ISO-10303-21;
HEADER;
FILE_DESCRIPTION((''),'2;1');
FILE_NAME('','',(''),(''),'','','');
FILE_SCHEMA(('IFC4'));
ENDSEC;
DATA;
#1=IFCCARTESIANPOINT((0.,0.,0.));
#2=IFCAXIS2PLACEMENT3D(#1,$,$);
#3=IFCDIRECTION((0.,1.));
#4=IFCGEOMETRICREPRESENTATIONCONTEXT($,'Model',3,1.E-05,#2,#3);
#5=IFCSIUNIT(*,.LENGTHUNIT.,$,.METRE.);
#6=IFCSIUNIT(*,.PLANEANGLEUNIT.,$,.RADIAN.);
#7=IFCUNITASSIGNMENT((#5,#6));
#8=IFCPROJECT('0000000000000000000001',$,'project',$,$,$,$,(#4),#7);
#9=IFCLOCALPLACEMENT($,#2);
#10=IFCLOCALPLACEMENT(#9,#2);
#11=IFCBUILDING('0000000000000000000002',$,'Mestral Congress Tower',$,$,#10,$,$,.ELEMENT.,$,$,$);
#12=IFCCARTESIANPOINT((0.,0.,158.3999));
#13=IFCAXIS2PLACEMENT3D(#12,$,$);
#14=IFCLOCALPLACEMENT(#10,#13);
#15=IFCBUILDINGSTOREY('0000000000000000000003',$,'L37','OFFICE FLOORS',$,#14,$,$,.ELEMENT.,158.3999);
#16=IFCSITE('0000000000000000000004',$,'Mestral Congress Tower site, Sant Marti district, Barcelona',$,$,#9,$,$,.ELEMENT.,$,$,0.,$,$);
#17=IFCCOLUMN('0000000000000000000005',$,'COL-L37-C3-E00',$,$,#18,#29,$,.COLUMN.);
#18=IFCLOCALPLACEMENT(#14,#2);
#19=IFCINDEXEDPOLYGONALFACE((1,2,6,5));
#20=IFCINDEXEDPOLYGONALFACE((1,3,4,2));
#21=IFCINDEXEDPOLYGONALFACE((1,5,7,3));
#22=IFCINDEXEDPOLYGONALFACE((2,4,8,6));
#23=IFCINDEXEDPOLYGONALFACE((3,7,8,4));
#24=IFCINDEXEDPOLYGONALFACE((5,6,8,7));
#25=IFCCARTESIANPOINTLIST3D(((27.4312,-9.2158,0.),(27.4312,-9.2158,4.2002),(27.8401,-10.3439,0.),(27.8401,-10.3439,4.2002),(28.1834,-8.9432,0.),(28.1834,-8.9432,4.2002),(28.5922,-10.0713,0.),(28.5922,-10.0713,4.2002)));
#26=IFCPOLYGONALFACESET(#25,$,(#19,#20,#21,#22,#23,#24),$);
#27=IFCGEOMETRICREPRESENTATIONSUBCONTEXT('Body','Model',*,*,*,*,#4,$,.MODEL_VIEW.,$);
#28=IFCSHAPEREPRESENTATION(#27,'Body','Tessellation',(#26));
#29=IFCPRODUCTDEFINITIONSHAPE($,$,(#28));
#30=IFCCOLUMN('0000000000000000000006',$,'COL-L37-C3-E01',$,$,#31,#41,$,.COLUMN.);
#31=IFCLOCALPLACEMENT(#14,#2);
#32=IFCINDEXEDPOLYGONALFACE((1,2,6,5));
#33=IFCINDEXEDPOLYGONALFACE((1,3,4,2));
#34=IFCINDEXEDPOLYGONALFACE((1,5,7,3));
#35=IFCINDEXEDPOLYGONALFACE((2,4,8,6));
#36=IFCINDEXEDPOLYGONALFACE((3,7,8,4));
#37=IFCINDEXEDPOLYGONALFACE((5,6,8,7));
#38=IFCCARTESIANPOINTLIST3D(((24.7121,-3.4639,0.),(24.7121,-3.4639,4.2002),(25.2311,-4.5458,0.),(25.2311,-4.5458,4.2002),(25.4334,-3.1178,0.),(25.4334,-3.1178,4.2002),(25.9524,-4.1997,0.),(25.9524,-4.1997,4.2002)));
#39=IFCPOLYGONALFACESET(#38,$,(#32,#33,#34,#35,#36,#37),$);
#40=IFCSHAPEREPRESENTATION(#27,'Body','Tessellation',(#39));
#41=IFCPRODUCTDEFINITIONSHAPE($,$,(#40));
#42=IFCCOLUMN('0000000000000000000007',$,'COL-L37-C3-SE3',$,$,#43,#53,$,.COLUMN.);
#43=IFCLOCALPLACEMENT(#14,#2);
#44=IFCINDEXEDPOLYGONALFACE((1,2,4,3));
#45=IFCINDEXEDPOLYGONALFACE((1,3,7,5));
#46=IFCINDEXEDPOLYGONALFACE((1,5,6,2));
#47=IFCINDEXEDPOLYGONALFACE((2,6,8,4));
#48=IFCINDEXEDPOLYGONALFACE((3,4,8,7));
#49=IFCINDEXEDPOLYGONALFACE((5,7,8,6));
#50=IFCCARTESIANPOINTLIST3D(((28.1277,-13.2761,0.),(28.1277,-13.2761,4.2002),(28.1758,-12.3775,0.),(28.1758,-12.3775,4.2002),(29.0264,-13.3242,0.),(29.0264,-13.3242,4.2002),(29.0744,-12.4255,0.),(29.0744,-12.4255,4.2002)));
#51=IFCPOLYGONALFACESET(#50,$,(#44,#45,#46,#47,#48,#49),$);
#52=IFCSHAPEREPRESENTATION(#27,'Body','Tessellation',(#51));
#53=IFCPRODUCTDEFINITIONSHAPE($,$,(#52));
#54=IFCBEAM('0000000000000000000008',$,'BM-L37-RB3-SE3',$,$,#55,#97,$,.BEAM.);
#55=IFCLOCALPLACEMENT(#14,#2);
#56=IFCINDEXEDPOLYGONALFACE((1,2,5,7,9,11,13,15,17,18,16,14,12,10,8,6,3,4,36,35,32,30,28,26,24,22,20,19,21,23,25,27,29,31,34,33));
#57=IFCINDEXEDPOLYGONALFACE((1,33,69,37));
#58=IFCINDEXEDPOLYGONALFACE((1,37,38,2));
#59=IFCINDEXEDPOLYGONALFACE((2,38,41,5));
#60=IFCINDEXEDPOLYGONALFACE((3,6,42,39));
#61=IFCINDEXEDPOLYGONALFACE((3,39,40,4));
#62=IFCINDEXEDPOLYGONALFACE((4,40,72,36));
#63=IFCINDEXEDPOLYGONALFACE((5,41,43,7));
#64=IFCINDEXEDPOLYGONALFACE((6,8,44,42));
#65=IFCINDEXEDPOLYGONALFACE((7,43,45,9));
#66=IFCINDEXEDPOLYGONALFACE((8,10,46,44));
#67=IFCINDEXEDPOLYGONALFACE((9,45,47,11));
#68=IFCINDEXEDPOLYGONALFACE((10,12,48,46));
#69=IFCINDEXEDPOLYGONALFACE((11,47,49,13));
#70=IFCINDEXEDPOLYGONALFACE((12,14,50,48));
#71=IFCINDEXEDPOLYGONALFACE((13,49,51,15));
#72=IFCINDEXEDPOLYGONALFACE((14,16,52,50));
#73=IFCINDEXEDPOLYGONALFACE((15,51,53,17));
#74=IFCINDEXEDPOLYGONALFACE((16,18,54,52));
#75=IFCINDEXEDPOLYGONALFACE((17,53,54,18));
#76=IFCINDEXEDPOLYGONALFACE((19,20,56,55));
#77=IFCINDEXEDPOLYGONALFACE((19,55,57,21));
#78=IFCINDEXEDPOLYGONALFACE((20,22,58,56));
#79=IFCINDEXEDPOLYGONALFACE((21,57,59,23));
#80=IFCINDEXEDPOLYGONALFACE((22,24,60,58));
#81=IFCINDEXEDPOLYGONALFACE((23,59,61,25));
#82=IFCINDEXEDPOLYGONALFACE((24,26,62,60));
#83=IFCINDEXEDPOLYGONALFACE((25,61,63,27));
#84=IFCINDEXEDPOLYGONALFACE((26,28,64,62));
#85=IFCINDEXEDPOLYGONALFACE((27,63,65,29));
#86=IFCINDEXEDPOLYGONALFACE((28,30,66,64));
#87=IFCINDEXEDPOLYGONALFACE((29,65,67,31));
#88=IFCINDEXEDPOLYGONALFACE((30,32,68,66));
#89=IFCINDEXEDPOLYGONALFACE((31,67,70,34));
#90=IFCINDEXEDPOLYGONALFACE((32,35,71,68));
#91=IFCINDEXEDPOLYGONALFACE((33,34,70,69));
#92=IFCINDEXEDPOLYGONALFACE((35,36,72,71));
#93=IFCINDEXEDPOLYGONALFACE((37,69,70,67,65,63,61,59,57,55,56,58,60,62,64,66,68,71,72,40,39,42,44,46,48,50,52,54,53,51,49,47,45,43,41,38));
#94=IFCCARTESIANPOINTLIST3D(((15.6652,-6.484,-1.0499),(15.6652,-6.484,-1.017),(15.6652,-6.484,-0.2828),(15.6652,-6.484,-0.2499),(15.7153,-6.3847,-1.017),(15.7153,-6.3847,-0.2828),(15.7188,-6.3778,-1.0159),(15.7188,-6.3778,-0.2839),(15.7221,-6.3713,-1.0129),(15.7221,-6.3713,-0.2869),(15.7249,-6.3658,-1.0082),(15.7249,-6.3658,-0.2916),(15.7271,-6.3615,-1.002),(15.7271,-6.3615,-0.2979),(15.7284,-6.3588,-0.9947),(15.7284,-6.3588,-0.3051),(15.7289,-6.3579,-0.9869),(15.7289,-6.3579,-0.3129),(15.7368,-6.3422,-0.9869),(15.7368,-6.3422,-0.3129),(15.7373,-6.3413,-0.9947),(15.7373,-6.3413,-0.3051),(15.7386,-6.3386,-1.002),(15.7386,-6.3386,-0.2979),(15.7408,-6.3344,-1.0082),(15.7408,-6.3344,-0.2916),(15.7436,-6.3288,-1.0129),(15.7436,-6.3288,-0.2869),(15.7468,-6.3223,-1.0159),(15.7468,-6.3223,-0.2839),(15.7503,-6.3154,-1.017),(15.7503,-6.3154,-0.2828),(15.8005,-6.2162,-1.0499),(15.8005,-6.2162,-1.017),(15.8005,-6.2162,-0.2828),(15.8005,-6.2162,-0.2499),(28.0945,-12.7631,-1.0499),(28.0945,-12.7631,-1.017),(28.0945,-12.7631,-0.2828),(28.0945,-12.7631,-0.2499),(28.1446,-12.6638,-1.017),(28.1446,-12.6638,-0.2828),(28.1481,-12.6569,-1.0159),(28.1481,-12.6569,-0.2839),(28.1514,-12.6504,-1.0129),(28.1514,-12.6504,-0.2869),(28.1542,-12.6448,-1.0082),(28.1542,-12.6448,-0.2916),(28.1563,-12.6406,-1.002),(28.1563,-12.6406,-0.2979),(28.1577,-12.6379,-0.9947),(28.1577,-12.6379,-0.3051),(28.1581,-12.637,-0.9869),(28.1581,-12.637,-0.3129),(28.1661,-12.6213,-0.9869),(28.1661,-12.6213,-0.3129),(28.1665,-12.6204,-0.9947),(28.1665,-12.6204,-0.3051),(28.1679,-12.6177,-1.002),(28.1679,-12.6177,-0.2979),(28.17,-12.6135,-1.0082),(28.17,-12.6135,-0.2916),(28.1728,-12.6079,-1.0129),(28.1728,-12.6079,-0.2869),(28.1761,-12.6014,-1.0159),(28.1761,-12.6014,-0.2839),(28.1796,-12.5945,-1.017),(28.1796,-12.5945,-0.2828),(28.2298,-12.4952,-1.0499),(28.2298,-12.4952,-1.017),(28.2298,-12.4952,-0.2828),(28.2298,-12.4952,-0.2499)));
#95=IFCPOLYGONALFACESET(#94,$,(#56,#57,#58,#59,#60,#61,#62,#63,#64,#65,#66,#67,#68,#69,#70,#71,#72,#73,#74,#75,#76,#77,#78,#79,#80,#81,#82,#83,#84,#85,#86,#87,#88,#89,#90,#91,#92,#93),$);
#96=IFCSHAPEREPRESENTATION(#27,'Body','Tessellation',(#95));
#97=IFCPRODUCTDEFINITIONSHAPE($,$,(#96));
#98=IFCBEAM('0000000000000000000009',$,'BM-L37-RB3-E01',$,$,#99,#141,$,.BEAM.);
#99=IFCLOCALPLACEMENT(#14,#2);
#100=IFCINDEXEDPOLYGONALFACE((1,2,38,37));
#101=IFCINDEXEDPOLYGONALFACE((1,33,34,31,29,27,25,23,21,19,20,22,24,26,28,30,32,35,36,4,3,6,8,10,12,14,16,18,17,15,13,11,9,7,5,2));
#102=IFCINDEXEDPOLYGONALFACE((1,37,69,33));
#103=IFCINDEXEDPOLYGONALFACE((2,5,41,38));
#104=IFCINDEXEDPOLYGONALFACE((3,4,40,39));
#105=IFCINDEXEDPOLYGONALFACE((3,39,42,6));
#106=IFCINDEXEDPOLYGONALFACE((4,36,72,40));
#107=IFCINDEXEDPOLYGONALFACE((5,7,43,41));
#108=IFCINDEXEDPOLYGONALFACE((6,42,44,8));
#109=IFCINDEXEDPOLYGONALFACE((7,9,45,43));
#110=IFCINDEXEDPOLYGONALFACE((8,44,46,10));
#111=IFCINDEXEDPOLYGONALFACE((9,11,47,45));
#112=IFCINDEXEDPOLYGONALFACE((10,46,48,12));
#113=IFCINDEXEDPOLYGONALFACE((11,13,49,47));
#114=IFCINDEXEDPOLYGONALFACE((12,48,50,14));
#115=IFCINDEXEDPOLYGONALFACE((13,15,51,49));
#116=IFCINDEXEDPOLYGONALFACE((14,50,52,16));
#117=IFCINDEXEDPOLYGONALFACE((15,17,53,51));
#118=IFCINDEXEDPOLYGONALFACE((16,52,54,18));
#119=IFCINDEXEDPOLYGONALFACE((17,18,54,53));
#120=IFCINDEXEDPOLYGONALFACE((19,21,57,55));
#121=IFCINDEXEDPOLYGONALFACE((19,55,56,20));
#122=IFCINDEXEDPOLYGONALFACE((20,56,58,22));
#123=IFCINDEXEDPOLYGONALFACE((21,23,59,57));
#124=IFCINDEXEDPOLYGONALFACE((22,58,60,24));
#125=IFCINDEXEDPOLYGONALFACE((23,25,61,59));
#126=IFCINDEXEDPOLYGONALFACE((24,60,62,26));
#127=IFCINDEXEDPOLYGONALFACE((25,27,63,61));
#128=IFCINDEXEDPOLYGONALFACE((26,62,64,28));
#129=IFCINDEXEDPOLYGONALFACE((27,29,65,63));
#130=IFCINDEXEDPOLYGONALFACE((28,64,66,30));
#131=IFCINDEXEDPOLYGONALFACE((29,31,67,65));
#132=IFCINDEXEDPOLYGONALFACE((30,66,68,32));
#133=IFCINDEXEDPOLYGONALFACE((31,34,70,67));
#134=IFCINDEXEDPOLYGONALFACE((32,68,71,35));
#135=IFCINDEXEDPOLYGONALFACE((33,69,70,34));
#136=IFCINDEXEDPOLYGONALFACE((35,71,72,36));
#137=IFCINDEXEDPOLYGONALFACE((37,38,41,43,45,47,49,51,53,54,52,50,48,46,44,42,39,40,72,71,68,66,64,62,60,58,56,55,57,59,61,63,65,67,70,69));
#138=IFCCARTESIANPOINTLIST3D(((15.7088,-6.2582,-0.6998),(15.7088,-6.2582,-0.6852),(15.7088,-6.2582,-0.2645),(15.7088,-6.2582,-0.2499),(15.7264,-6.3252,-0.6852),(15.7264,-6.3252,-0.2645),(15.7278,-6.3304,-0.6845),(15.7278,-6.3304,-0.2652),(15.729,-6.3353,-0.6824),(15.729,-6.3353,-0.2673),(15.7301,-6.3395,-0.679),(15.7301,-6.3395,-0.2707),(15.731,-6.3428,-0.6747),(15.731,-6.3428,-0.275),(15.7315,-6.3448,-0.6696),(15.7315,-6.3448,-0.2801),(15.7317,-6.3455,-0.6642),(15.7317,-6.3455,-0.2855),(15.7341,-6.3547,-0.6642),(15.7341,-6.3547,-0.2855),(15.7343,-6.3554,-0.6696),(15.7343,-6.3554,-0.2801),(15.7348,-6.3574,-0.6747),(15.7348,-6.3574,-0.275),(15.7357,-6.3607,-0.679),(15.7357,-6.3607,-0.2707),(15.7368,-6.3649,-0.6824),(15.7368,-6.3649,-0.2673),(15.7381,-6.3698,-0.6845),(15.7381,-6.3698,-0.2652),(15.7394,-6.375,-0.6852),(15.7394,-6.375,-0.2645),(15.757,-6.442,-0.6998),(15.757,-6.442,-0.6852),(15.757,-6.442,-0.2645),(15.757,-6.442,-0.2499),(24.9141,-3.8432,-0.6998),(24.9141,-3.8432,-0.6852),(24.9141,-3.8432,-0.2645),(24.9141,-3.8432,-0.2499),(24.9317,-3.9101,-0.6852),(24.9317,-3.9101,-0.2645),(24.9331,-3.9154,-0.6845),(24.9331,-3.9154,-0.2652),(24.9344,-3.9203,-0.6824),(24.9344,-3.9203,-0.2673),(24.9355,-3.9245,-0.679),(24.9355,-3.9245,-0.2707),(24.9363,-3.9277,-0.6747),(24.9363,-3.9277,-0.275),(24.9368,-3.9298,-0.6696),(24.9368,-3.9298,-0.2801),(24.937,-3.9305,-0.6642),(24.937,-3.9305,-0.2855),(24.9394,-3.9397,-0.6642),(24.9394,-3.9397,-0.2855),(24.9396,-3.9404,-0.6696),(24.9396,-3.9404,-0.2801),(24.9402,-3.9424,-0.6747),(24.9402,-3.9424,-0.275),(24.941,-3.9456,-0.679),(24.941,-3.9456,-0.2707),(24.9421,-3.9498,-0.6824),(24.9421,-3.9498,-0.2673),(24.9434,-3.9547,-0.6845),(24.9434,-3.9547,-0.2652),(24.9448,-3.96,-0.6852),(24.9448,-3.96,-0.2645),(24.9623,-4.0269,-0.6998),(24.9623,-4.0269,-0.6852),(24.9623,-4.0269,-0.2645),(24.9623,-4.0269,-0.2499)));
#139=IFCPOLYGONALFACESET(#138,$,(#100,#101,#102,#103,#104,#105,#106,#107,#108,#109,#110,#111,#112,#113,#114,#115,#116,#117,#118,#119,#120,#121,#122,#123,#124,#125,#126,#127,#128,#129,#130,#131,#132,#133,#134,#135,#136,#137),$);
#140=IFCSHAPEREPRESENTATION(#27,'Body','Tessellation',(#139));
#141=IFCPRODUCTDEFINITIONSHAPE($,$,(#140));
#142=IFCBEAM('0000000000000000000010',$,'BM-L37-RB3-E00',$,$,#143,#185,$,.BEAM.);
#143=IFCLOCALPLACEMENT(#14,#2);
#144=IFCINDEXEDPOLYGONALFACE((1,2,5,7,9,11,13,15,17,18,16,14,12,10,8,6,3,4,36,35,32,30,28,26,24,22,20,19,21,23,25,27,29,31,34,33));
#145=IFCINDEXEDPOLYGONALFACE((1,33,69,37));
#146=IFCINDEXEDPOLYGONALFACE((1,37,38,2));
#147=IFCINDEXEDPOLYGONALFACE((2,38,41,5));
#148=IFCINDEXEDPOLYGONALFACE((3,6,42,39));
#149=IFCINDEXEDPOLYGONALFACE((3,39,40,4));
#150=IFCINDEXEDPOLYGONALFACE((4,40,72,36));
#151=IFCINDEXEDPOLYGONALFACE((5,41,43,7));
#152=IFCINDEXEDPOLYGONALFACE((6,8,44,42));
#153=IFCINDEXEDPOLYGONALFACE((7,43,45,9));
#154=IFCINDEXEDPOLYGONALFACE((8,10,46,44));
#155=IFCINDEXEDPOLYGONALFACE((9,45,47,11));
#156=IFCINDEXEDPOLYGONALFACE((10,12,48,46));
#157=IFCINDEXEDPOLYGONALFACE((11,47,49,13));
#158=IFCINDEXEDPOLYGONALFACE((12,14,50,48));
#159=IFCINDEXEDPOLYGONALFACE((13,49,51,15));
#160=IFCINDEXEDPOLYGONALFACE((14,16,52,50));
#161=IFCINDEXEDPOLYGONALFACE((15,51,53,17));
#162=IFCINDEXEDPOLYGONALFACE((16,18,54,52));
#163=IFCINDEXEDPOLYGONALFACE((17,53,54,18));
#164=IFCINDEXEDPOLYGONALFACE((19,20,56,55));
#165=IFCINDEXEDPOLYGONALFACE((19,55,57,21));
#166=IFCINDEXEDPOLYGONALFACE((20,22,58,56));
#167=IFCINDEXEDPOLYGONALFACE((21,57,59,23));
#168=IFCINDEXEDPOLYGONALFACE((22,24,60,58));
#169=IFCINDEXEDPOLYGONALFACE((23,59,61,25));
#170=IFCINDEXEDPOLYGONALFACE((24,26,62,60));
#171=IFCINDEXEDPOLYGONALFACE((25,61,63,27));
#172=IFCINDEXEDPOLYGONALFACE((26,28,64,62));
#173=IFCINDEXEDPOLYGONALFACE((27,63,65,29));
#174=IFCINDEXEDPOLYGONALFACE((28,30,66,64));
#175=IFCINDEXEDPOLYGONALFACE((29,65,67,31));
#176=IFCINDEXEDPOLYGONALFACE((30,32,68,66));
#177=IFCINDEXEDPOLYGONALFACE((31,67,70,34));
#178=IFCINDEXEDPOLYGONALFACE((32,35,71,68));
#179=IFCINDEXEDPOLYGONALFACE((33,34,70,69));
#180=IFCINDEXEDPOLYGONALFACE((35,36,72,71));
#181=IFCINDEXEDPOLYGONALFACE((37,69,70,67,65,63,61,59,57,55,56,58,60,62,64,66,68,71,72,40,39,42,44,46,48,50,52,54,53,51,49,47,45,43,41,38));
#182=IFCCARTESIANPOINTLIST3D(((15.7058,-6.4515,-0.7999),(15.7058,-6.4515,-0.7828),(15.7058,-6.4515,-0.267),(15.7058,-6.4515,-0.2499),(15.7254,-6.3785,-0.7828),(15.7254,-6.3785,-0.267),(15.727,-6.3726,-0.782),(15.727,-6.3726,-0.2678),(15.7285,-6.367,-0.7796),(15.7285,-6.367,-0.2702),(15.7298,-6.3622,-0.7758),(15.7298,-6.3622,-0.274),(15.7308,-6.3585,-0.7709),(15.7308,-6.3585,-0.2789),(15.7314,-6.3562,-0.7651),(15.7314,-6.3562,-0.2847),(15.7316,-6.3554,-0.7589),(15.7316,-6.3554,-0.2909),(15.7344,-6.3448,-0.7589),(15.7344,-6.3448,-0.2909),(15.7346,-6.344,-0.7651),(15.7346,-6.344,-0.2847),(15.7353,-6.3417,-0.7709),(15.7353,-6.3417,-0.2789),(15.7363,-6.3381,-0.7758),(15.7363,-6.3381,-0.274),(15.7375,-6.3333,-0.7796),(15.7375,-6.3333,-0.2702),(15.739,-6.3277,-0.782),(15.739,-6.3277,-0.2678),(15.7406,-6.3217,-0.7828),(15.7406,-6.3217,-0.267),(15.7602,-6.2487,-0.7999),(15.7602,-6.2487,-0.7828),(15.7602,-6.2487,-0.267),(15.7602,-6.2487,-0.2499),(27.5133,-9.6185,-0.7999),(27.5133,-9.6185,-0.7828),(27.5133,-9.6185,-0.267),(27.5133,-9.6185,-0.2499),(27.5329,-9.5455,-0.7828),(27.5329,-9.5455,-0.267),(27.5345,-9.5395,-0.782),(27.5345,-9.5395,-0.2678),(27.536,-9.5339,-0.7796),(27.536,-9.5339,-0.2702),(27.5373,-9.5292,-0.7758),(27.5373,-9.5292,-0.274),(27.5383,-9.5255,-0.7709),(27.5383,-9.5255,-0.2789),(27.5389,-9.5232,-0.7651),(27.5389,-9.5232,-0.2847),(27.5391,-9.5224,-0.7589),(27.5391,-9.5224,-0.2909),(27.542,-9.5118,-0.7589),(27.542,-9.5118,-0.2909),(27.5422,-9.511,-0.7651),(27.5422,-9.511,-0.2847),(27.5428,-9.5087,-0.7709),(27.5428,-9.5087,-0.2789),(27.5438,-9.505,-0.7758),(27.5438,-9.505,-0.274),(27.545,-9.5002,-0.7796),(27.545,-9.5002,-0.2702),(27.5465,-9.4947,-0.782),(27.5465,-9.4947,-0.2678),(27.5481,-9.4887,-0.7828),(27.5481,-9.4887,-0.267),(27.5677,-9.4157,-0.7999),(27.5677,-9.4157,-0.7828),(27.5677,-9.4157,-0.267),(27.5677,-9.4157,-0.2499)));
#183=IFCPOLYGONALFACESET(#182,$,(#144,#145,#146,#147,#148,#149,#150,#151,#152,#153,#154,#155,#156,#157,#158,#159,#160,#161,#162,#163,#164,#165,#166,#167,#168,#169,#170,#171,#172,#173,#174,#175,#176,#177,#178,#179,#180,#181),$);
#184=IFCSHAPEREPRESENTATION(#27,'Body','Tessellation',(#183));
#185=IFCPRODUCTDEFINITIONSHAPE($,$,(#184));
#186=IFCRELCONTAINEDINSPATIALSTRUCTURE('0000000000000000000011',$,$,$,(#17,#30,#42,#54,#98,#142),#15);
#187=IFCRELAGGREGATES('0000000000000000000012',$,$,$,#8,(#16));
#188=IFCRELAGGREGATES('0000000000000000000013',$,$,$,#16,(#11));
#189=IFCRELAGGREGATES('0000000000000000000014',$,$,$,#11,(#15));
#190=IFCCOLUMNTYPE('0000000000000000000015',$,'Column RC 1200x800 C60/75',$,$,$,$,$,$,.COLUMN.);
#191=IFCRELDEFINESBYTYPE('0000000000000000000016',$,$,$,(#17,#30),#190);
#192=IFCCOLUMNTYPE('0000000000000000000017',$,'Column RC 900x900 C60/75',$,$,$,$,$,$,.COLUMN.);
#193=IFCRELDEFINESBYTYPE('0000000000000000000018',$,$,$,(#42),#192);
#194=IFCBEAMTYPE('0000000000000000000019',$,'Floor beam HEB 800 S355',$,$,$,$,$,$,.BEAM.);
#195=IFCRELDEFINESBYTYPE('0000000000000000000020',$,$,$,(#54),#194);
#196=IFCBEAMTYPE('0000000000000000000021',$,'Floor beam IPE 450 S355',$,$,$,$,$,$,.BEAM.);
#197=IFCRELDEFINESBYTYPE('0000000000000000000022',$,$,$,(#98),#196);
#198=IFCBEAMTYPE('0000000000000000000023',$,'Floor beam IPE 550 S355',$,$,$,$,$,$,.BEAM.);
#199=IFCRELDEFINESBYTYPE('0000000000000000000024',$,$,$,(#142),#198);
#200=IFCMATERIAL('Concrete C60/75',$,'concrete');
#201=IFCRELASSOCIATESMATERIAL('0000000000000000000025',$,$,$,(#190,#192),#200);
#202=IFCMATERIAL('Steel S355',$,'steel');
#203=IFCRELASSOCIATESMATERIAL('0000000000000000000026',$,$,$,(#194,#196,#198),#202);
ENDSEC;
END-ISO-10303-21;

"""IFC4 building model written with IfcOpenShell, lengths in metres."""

from ifc_helpers import new_model, si_unit, direction, frame, origin, origin_2d, place, context, subcontext, project, spatial, rectangle, i_section, extrude, material, material_profile, profile_set, type_object, element, save


model = new_model("IFC4")

# Units and contexts
model_context = context("Model", 3, precision=1e-05, world=origin(), true_north=direction((0.0, 1.0)))
body_context = subcontext(model_context, "Body", "Model", "MODEL_VIEW")
ifc_project = project(units=[si_unit("LENGTHUNIT", "METRE"), si_unit("PLANEANGLEUNIT", "RADIAN")], contexts=[model_context])

# Site, building, storey
site_placement = place(None, origin())
site = spatial("IfcSite", under=ifc_project, at=site_placement, Name="Mestral Congress Tower site, Sant Marti district, Barcelona", CompositionType="ELEMENT", RefElevation=0.0)
building_placement = place(site_placement, origin())
building = spatial("IfcBuilding", under=site, at=building_placement, Name="Mestral Congress Tower", CompositionType="ELEMENT")
storey_placement = place(building_placement, frame((0.0, 0.0, 158.3999)))
storey = spatial("IfcBuildingStorey", under=building, at=storey_placement, Name="L37", Description="OFFICE FLOORS", CompositionType="ELEMENT", Elevation=158.3999)

# Columns
ifc_material_1 = material(Name="Concrete C60/75", Category="concrete")
ifc_material_profile_1 = material_profile(ifc_material_1, rectangle(XDim=1.2, YDim=0.8, at=origin_2d()), Name="RC 1200x800")
ifc_profile_set_1 = profile_set([ifc_material_profile_1], Name="Concrete C60/75")
column_type_1 = type_object("IfcColumnType", Name="Column RC 1200x800 C60/75", PredefinedType="COLUMN", material=ifc_profile_set_1)
for number, where, z_axis, x_axis, name in (
    (1, (28.0117, -9.6436, 0.0), (0.0, 0.0, 1.0), (-0.340744, 0.940156, 0.0), "COL-L37-C3-E00"),
    (2, (25.3323, -3.8318, 0.0), (0.0, 0.0, 1.0), (-0.432522, 0.901624, 0.0), "COL-L37-C3-E01"),
):
    element("IfcColumn", number, at=place(storey_placement, frame(where, z_axis=z_axis, x_axis=x_axis)), inside=storey, type_object=column_type_1, Name=name, PredefinedType="COLUMN", context=body_context, shape_type="SweptSolid", body=[
        extrude(rectangle(XDim=1.2, YDim=0.8, at=origin_2d()), origin(), (0.0, 0.0, 1.0), 4.2002),
    ])
ifc_material_profile_2 = material_profile(ifc_material_1, rectangle(XDim=0.8999, YDim=0.8999, at=origin_2d()), Name="RC 900x900")
ifc_profile_set_2 = profile_set([ifc_material_profile_2], Name="Concrete C60/75")
column_type_2 = type_object("IfcColumnType", Name="Column RC 900x900 C60/75", PredefinedType="COLUMN", material=ifc_profile_set_2)
column_placement = place(storey_placement, frame((28.6011, -12.8508, 0.0), z_axis=(0.0, 0.0, 1.0), x_axis=(0.053392, 0.998574, 0.0)))
element("IfcColumn", 3, at=column_placement, inside=storey, type_object=column_type_2, Name="COL-L37-C3-SE3", PredefinedType="COLUMN", context=body_context, shape_type="SweptSolid", body=[
    extrude(rectangle(XDim=0.8999, YDim=0.8999, at=origin_2d()), origin(), (0.0, 0.0, 1.0), 4.2002),
])

# Beams
ifc_material_2 = material(Name="Steel S355", Category="steel")
ifc_material_profile_3 = material_profile(ifc_material_2, i_section(OverallWidth=0.3, OverallDepth=0.8, WebThickness=0.0176, FlangeThickness=0.033, FilletRadius=0.03, at=origin_2d()), Name="HEB 800")
ifc_profile_set_3 = profile_set([ifc_material_profile_3], Name="Steel S355")
beam_type_1 = type_object("IfcBeamType", Name="Floor beam HEB 800 S355", PredefinedType="BEAM", material=ifc_profile_set_3)
beam_1_placement = place(storey_placement, frame((28.1621, -12.6292, -0.6499), z_axis=(-0.892568, 0.450913, 0.0), x_axis=(-0.450913, -0.892568, 0.0)))
element("IfcBeam", 4, at=beam_1_placement, inside=storey, type_object=beam_type_1, Name="BM-L37-RB3-SE3", PredefinedType="BEAM", context=body_context, shape_type="SweptSolid", body=[
    extrude(i_section(OverallWidth=0.3, OverallDepth=0.8, WebThickness=0.0176, FlangeThickness=0.033, FilletRadius=0.03, at=origin_2d()), origin(), (0.0, 0.0, 1.0), 13.9253),
])
ifc_material_profile_4 = material_profile(ifc_material_2, i_section(OverallWidth=0.1899, OverallDepth=0.45, WebThickness=0.0095, FlangeThickness=0.0146, FilletRadius=0.021, at=origin_2d()), Name="IPE 450")
ifc_profile_set_4 = profile_set([ifc_material_profile_4], Name="Steel S355")
beam_type_2 = type_object("IfcBeamType", Name="Floor beam IPE 450 S355", PredefinedType="BEAM", material=ifc_profile_set_4)
beam_2_placement = place(storey_placement, frame((24.9382, -3.9351, -0.4749), z_axis=(-0.967266, -0.253765, 0.0), x_axis=(0.253765, -0.967266, 0.0)))
element("IfcBeam", 5, at=beam_2_placement, inside=storey, type_object=beam_type_2, Name="BM-L37-RB3-E01", PredefinedType="BEAM", context=body_context, shape_type="SweptSolid", body=[
    extrude(i_section(OverallWidth=0.1899, OverallDepth=0.45, WebThickness=0.0095, FlangeThickness=0.0146, FilletRadius=0.021, at=origin_2d()), origin(), (0.0, 0.0, 1.0), 9.5168),
])
ifc_material_profile_5 = material_profile(ifc_material_2, i_section(OverallWidth=0.21, OverallDepth=0.55, WebThickness=0.011, FlangeThickness=0.0171, FilletRadius=0.0239, at=origin_2d()), Name="IPE 550")
ifc_profile_set_5 = profile_set([ifc_material_profile_5], Name="Steel S355")
beam_type_3 = type_object("IfcBeamType", Name="Floor beam IPE 550 S355", PredefinedType="BEAM", material=ifc_profile_set_5)
beam_3_placement = place(storey_placement, frame((27.5405, -9.5171, -0.5249), z_axis=(-0.965861, 0.259059, 0.0), x_axis=(-0.259059, -0.965861, 0.0)))
element("IfcBeam", 6, at=beam_3_placement, inside=storey, type_object=beam_type_3, Name="BM-L37-RB3-E00", PredefinedType="BEAM", context=body_context, shape_type="SweptSolid", body=[
    extrude(i_section(OverallWidth=0.21, OverallDepth=0.55, WebThickness=0.011, FlangeThickness=0.0171, FilletRadius=0.0239, at=origin_2d()), origin(), (0.0, 0.0, 1.0), 12.2249),
])

save(model, "model.ifc")
